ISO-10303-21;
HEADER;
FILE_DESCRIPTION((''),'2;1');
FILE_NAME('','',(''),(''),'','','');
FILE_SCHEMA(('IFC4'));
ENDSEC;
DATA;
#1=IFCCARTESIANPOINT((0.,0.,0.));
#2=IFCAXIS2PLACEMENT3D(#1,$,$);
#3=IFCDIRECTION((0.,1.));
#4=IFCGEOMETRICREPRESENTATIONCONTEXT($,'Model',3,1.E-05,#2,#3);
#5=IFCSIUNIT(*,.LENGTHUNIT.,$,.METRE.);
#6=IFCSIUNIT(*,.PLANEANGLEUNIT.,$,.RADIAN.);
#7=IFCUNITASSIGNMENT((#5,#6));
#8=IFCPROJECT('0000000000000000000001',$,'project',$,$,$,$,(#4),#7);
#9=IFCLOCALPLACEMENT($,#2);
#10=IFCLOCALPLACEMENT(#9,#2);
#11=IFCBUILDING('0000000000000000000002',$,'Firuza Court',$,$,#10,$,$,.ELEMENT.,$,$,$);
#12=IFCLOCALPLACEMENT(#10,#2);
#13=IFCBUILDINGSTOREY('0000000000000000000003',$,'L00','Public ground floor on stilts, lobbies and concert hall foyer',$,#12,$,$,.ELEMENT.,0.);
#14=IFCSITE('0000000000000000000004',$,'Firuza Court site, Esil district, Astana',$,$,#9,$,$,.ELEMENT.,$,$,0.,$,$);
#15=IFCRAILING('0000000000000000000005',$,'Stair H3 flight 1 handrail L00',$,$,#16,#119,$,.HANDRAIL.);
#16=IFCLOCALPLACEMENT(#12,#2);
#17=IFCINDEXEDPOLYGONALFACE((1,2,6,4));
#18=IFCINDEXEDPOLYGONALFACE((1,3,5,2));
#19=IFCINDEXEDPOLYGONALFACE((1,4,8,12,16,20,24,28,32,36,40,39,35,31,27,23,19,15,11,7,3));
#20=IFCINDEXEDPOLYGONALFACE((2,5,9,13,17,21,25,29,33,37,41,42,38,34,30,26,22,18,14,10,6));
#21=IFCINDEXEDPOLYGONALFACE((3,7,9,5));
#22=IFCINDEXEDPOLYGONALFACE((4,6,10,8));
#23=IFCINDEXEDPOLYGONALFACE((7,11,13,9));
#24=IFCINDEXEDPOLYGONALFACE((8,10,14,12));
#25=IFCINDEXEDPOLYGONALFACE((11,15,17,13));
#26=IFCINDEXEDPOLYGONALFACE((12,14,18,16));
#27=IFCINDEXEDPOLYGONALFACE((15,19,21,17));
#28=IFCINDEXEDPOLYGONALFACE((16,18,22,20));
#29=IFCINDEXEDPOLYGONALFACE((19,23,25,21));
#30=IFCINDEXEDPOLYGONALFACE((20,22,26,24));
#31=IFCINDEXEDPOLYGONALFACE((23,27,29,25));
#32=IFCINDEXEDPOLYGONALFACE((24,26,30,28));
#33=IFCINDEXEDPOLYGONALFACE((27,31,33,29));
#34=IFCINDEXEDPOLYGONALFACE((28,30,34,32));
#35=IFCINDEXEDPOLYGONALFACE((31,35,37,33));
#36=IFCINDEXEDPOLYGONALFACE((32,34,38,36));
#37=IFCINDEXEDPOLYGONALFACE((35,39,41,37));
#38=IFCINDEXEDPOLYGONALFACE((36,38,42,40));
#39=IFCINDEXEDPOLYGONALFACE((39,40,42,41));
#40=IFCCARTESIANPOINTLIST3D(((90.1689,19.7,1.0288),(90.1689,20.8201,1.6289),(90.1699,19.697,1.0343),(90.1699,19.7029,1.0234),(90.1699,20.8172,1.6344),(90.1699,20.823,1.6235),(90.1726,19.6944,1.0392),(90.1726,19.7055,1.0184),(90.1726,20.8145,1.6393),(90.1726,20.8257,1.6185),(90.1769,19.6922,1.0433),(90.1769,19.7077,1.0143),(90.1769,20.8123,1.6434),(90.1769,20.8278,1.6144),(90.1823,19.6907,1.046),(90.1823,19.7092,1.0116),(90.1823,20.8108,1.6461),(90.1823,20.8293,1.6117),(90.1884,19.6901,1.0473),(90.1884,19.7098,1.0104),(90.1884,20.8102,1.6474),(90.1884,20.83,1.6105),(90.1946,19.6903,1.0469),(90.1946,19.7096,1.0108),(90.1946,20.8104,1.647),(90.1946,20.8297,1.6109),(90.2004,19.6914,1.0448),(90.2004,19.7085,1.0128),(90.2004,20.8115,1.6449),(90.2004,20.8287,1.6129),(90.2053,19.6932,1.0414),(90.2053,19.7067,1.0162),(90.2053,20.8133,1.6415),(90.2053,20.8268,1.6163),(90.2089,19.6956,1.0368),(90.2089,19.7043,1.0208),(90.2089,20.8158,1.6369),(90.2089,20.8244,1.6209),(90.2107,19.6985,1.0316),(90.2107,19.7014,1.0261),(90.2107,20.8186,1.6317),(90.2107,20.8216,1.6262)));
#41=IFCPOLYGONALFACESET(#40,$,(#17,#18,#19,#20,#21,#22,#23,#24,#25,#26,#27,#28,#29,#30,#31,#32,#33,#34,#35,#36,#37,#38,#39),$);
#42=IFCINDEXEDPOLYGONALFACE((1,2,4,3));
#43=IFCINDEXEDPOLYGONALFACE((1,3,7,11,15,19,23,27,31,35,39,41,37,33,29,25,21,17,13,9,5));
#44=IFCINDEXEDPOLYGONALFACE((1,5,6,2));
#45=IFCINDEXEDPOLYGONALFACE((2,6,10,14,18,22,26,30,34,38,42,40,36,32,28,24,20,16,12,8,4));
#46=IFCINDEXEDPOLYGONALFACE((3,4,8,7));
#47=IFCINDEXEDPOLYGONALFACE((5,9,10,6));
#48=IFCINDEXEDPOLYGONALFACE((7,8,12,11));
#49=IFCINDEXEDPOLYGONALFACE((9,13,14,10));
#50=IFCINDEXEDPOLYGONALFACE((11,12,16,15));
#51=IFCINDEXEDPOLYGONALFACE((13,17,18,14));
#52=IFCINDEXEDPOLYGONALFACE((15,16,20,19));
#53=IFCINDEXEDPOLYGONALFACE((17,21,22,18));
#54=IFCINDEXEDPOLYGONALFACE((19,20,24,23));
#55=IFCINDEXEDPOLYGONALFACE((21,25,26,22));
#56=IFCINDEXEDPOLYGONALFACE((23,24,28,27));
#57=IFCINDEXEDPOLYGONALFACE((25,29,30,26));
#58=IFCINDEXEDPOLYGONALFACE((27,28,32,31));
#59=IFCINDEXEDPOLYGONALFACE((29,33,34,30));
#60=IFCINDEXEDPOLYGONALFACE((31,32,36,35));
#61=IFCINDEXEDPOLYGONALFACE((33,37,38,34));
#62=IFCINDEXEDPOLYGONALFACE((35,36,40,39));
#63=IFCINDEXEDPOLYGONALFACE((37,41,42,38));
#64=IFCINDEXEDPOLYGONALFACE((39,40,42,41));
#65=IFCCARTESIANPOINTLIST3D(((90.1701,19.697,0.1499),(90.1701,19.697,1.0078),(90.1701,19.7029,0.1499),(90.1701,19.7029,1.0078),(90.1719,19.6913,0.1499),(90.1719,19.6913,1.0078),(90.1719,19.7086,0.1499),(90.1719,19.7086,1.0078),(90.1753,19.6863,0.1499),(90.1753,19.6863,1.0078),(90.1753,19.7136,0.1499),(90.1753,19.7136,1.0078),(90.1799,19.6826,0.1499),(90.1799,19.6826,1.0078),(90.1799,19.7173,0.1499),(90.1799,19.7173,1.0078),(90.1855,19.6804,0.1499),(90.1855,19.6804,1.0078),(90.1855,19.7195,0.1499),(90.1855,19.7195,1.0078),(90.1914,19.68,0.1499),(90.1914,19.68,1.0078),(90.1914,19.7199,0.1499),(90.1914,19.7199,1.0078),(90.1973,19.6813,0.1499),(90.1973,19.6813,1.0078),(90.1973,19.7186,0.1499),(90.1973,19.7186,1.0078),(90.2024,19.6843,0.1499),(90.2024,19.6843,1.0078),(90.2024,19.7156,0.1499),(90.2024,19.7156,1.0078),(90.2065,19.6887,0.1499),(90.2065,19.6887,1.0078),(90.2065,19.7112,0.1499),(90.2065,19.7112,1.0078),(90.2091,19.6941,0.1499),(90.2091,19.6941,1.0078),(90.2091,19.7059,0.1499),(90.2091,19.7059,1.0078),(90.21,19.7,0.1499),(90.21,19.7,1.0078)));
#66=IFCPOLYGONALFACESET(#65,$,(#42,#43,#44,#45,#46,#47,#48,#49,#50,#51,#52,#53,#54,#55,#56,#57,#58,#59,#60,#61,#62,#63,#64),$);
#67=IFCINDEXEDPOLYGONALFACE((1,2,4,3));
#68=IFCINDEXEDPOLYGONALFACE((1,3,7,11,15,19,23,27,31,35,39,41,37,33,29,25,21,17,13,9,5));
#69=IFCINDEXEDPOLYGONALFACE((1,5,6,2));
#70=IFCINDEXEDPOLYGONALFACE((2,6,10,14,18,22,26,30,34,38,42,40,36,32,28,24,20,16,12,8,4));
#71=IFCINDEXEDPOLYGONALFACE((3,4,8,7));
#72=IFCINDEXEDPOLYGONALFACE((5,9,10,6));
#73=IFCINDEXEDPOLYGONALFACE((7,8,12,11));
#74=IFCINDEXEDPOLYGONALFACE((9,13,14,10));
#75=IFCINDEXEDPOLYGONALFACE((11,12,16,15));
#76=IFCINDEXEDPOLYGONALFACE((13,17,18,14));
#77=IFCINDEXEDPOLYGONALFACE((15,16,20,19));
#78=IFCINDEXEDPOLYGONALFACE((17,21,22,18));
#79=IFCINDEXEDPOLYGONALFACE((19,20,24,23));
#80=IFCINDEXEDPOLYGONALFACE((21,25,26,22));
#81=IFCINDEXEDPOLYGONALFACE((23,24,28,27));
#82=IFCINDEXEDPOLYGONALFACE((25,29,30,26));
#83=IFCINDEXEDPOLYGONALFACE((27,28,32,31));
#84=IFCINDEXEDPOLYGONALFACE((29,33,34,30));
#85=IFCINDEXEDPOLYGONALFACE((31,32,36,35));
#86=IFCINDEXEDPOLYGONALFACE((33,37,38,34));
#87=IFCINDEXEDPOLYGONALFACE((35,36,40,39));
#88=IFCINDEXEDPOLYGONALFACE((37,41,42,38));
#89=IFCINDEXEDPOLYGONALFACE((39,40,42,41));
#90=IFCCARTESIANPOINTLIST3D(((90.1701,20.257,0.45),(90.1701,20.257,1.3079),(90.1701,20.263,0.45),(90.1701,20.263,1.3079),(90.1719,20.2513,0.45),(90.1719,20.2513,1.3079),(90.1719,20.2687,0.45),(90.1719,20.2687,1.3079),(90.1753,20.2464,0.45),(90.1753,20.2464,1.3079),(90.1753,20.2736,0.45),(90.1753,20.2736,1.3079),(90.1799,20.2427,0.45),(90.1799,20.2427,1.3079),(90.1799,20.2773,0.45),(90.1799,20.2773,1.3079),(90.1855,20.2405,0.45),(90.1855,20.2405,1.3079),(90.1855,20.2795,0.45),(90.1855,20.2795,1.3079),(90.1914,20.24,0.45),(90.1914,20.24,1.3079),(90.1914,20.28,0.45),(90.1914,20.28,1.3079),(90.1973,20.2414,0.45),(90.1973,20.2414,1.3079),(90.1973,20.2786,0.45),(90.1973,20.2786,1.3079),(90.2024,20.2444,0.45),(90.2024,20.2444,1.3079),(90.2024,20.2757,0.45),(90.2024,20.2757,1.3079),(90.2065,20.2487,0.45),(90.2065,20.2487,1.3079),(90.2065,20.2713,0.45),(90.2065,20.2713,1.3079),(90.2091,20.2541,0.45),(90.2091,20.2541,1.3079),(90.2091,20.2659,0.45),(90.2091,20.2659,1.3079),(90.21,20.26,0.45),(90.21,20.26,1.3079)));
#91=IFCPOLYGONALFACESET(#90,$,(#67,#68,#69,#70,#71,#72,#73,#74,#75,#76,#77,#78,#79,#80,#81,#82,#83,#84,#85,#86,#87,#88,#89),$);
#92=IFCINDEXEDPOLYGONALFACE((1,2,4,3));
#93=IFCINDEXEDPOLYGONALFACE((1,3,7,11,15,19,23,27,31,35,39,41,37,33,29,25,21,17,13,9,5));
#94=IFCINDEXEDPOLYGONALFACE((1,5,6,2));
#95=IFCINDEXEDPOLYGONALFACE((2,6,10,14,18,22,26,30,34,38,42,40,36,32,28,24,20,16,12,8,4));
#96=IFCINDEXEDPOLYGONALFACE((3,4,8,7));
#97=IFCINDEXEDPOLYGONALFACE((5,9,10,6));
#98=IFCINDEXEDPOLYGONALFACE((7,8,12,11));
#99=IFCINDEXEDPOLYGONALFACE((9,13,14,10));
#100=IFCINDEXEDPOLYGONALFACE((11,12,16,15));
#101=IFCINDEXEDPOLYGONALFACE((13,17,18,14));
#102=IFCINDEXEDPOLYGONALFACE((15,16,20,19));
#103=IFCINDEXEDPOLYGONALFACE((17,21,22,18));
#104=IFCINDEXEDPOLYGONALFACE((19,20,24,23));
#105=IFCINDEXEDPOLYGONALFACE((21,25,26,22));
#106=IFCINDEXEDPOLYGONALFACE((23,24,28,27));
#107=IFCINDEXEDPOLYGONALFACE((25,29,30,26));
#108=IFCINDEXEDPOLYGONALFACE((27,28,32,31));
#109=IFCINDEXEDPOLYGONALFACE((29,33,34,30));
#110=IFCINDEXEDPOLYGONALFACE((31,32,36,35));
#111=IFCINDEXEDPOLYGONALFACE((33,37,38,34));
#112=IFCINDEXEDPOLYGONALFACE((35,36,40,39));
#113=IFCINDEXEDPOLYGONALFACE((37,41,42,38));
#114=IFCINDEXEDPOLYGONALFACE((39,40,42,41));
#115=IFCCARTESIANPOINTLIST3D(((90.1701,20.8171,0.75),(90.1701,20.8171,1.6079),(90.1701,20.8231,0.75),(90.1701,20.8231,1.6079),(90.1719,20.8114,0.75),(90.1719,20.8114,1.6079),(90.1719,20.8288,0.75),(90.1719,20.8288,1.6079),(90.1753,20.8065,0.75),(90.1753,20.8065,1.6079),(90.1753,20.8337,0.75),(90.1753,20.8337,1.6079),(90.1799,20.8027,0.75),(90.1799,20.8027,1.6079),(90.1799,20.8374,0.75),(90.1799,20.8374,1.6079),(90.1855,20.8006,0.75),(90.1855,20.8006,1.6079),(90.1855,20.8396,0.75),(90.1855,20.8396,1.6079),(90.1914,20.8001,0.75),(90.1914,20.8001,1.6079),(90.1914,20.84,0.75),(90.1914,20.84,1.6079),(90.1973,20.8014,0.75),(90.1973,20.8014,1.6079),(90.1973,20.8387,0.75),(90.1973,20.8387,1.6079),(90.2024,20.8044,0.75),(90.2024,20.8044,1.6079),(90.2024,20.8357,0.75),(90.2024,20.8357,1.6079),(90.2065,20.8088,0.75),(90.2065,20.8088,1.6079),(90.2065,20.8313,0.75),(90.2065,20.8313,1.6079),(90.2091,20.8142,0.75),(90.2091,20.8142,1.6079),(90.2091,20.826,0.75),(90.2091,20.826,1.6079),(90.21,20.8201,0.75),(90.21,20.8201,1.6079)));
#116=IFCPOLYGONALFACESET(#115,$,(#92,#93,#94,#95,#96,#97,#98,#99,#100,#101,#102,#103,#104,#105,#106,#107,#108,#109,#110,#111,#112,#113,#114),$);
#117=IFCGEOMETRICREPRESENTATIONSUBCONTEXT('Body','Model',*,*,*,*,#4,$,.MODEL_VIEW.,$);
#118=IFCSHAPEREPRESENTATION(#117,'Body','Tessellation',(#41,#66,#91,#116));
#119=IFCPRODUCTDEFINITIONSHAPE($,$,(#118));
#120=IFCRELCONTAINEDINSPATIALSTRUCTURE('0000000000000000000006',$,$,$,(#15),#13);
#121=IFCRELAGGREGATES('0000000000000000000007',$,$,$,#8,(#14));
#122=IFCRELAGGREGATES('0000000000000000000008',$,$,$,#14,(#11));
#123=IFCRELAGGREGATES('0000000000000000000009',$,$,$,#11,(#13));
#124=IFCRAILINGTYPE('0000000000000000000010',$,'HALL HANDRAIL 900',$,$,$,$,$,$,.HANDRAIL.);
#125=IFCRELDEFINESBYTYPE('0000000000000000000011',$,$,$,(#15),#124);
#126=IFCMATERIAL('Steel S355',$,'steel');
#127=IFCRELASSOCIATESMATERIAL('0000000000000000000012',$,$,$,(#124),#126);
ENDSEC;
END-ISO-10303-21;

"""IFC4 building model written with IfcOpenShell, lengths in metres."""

from ifc_helpers import new_model, si_unit, direction, frame, origin, origin_2d, place, context, subcontext, project, spatial, circle, extrude, material, type_object, element, save


model = new_model("IFC4")

# Units and contexts
model_context = context("Model", 3, precision=1e-05, world=origin(), true_north=direction((0.0, 1.0)))
body_context = subcontext(model_context, "Body", "Model", "MODEL_VIEW")
ifc_project = project(units=[si_unit("LENGTHUNIT", "METRE"), si_unit("PLANEANGLEUNIT", "RADIAN")], contexts=[model_context])

# Site, building, storey
site_placement = place(None, origin())
site = spatial("IfcSite", under=ifc_project, at=site_placement, Name="Firuza Court site, Esil district, Astana", CompositionType="ELEMENT", RefElevation=0.0)
building_placement = place(site_placement, origin())
building = spatial("IfcBuilding", under=site, at=building_placement, Name="Firuza Court", CompositionType="ELEMENT")
storey_placement = place(building_placement, origin())
storey = spatial("IfcBuildingStorey", under=building, at=storey_placement, Name="L00", Description="Public ground floor on stilts, lobbies and concert hall foyer", CompositionType="ELEMENT", Elevation=0.0)

# Railing
ifc_material_1 = material(Name="Steel S355", Category="steel")
railing_type_1 = type_object("IfcRailingType", Name="HALL HANDRAIL 900", PredefinedType="HANDRAIL", material=ifc_material_1)
railing_1_placement = place(storey_placement, frame((90.1899, 19.7, 0.1499)))
element("IfcRailing", 1, at=railing_1_placement, inside=storey, type_object=railing_type_1, Name="Stair H3 flight 1 handrail L00", PredefinedType="HANDRAIL", context=body_context, shape_type="SweptSolid", body=[
    extrude(circle(Radius=0.021, at=origin_2d()), frame((0.0, 0.0, 0.8789), z_axis=(0.0, 0.881469, 0.472243), x_axis=(-1.0, 0.0, 0.0)), (0.0, 0.0, 1.0), 1.2708),
    extrude(circle(Radius=0.02, at=origin_2d()), origin(), (0.0, 0.0, 1.0), 0.8579),
    extrude(circle(Radius=0.02, at=origin_2d()), frame((0.0, 0.5601, 0.3)), (0.0, 0.0, 1.0), 0.8579),
    extrude(circle(Radius=0.02, at=origin_2d()), frame((0.0, 1.1201, 0.6001)), (0.0, 0.0, 1.0), 0.8579),
])

save(model, "model.ifc")
